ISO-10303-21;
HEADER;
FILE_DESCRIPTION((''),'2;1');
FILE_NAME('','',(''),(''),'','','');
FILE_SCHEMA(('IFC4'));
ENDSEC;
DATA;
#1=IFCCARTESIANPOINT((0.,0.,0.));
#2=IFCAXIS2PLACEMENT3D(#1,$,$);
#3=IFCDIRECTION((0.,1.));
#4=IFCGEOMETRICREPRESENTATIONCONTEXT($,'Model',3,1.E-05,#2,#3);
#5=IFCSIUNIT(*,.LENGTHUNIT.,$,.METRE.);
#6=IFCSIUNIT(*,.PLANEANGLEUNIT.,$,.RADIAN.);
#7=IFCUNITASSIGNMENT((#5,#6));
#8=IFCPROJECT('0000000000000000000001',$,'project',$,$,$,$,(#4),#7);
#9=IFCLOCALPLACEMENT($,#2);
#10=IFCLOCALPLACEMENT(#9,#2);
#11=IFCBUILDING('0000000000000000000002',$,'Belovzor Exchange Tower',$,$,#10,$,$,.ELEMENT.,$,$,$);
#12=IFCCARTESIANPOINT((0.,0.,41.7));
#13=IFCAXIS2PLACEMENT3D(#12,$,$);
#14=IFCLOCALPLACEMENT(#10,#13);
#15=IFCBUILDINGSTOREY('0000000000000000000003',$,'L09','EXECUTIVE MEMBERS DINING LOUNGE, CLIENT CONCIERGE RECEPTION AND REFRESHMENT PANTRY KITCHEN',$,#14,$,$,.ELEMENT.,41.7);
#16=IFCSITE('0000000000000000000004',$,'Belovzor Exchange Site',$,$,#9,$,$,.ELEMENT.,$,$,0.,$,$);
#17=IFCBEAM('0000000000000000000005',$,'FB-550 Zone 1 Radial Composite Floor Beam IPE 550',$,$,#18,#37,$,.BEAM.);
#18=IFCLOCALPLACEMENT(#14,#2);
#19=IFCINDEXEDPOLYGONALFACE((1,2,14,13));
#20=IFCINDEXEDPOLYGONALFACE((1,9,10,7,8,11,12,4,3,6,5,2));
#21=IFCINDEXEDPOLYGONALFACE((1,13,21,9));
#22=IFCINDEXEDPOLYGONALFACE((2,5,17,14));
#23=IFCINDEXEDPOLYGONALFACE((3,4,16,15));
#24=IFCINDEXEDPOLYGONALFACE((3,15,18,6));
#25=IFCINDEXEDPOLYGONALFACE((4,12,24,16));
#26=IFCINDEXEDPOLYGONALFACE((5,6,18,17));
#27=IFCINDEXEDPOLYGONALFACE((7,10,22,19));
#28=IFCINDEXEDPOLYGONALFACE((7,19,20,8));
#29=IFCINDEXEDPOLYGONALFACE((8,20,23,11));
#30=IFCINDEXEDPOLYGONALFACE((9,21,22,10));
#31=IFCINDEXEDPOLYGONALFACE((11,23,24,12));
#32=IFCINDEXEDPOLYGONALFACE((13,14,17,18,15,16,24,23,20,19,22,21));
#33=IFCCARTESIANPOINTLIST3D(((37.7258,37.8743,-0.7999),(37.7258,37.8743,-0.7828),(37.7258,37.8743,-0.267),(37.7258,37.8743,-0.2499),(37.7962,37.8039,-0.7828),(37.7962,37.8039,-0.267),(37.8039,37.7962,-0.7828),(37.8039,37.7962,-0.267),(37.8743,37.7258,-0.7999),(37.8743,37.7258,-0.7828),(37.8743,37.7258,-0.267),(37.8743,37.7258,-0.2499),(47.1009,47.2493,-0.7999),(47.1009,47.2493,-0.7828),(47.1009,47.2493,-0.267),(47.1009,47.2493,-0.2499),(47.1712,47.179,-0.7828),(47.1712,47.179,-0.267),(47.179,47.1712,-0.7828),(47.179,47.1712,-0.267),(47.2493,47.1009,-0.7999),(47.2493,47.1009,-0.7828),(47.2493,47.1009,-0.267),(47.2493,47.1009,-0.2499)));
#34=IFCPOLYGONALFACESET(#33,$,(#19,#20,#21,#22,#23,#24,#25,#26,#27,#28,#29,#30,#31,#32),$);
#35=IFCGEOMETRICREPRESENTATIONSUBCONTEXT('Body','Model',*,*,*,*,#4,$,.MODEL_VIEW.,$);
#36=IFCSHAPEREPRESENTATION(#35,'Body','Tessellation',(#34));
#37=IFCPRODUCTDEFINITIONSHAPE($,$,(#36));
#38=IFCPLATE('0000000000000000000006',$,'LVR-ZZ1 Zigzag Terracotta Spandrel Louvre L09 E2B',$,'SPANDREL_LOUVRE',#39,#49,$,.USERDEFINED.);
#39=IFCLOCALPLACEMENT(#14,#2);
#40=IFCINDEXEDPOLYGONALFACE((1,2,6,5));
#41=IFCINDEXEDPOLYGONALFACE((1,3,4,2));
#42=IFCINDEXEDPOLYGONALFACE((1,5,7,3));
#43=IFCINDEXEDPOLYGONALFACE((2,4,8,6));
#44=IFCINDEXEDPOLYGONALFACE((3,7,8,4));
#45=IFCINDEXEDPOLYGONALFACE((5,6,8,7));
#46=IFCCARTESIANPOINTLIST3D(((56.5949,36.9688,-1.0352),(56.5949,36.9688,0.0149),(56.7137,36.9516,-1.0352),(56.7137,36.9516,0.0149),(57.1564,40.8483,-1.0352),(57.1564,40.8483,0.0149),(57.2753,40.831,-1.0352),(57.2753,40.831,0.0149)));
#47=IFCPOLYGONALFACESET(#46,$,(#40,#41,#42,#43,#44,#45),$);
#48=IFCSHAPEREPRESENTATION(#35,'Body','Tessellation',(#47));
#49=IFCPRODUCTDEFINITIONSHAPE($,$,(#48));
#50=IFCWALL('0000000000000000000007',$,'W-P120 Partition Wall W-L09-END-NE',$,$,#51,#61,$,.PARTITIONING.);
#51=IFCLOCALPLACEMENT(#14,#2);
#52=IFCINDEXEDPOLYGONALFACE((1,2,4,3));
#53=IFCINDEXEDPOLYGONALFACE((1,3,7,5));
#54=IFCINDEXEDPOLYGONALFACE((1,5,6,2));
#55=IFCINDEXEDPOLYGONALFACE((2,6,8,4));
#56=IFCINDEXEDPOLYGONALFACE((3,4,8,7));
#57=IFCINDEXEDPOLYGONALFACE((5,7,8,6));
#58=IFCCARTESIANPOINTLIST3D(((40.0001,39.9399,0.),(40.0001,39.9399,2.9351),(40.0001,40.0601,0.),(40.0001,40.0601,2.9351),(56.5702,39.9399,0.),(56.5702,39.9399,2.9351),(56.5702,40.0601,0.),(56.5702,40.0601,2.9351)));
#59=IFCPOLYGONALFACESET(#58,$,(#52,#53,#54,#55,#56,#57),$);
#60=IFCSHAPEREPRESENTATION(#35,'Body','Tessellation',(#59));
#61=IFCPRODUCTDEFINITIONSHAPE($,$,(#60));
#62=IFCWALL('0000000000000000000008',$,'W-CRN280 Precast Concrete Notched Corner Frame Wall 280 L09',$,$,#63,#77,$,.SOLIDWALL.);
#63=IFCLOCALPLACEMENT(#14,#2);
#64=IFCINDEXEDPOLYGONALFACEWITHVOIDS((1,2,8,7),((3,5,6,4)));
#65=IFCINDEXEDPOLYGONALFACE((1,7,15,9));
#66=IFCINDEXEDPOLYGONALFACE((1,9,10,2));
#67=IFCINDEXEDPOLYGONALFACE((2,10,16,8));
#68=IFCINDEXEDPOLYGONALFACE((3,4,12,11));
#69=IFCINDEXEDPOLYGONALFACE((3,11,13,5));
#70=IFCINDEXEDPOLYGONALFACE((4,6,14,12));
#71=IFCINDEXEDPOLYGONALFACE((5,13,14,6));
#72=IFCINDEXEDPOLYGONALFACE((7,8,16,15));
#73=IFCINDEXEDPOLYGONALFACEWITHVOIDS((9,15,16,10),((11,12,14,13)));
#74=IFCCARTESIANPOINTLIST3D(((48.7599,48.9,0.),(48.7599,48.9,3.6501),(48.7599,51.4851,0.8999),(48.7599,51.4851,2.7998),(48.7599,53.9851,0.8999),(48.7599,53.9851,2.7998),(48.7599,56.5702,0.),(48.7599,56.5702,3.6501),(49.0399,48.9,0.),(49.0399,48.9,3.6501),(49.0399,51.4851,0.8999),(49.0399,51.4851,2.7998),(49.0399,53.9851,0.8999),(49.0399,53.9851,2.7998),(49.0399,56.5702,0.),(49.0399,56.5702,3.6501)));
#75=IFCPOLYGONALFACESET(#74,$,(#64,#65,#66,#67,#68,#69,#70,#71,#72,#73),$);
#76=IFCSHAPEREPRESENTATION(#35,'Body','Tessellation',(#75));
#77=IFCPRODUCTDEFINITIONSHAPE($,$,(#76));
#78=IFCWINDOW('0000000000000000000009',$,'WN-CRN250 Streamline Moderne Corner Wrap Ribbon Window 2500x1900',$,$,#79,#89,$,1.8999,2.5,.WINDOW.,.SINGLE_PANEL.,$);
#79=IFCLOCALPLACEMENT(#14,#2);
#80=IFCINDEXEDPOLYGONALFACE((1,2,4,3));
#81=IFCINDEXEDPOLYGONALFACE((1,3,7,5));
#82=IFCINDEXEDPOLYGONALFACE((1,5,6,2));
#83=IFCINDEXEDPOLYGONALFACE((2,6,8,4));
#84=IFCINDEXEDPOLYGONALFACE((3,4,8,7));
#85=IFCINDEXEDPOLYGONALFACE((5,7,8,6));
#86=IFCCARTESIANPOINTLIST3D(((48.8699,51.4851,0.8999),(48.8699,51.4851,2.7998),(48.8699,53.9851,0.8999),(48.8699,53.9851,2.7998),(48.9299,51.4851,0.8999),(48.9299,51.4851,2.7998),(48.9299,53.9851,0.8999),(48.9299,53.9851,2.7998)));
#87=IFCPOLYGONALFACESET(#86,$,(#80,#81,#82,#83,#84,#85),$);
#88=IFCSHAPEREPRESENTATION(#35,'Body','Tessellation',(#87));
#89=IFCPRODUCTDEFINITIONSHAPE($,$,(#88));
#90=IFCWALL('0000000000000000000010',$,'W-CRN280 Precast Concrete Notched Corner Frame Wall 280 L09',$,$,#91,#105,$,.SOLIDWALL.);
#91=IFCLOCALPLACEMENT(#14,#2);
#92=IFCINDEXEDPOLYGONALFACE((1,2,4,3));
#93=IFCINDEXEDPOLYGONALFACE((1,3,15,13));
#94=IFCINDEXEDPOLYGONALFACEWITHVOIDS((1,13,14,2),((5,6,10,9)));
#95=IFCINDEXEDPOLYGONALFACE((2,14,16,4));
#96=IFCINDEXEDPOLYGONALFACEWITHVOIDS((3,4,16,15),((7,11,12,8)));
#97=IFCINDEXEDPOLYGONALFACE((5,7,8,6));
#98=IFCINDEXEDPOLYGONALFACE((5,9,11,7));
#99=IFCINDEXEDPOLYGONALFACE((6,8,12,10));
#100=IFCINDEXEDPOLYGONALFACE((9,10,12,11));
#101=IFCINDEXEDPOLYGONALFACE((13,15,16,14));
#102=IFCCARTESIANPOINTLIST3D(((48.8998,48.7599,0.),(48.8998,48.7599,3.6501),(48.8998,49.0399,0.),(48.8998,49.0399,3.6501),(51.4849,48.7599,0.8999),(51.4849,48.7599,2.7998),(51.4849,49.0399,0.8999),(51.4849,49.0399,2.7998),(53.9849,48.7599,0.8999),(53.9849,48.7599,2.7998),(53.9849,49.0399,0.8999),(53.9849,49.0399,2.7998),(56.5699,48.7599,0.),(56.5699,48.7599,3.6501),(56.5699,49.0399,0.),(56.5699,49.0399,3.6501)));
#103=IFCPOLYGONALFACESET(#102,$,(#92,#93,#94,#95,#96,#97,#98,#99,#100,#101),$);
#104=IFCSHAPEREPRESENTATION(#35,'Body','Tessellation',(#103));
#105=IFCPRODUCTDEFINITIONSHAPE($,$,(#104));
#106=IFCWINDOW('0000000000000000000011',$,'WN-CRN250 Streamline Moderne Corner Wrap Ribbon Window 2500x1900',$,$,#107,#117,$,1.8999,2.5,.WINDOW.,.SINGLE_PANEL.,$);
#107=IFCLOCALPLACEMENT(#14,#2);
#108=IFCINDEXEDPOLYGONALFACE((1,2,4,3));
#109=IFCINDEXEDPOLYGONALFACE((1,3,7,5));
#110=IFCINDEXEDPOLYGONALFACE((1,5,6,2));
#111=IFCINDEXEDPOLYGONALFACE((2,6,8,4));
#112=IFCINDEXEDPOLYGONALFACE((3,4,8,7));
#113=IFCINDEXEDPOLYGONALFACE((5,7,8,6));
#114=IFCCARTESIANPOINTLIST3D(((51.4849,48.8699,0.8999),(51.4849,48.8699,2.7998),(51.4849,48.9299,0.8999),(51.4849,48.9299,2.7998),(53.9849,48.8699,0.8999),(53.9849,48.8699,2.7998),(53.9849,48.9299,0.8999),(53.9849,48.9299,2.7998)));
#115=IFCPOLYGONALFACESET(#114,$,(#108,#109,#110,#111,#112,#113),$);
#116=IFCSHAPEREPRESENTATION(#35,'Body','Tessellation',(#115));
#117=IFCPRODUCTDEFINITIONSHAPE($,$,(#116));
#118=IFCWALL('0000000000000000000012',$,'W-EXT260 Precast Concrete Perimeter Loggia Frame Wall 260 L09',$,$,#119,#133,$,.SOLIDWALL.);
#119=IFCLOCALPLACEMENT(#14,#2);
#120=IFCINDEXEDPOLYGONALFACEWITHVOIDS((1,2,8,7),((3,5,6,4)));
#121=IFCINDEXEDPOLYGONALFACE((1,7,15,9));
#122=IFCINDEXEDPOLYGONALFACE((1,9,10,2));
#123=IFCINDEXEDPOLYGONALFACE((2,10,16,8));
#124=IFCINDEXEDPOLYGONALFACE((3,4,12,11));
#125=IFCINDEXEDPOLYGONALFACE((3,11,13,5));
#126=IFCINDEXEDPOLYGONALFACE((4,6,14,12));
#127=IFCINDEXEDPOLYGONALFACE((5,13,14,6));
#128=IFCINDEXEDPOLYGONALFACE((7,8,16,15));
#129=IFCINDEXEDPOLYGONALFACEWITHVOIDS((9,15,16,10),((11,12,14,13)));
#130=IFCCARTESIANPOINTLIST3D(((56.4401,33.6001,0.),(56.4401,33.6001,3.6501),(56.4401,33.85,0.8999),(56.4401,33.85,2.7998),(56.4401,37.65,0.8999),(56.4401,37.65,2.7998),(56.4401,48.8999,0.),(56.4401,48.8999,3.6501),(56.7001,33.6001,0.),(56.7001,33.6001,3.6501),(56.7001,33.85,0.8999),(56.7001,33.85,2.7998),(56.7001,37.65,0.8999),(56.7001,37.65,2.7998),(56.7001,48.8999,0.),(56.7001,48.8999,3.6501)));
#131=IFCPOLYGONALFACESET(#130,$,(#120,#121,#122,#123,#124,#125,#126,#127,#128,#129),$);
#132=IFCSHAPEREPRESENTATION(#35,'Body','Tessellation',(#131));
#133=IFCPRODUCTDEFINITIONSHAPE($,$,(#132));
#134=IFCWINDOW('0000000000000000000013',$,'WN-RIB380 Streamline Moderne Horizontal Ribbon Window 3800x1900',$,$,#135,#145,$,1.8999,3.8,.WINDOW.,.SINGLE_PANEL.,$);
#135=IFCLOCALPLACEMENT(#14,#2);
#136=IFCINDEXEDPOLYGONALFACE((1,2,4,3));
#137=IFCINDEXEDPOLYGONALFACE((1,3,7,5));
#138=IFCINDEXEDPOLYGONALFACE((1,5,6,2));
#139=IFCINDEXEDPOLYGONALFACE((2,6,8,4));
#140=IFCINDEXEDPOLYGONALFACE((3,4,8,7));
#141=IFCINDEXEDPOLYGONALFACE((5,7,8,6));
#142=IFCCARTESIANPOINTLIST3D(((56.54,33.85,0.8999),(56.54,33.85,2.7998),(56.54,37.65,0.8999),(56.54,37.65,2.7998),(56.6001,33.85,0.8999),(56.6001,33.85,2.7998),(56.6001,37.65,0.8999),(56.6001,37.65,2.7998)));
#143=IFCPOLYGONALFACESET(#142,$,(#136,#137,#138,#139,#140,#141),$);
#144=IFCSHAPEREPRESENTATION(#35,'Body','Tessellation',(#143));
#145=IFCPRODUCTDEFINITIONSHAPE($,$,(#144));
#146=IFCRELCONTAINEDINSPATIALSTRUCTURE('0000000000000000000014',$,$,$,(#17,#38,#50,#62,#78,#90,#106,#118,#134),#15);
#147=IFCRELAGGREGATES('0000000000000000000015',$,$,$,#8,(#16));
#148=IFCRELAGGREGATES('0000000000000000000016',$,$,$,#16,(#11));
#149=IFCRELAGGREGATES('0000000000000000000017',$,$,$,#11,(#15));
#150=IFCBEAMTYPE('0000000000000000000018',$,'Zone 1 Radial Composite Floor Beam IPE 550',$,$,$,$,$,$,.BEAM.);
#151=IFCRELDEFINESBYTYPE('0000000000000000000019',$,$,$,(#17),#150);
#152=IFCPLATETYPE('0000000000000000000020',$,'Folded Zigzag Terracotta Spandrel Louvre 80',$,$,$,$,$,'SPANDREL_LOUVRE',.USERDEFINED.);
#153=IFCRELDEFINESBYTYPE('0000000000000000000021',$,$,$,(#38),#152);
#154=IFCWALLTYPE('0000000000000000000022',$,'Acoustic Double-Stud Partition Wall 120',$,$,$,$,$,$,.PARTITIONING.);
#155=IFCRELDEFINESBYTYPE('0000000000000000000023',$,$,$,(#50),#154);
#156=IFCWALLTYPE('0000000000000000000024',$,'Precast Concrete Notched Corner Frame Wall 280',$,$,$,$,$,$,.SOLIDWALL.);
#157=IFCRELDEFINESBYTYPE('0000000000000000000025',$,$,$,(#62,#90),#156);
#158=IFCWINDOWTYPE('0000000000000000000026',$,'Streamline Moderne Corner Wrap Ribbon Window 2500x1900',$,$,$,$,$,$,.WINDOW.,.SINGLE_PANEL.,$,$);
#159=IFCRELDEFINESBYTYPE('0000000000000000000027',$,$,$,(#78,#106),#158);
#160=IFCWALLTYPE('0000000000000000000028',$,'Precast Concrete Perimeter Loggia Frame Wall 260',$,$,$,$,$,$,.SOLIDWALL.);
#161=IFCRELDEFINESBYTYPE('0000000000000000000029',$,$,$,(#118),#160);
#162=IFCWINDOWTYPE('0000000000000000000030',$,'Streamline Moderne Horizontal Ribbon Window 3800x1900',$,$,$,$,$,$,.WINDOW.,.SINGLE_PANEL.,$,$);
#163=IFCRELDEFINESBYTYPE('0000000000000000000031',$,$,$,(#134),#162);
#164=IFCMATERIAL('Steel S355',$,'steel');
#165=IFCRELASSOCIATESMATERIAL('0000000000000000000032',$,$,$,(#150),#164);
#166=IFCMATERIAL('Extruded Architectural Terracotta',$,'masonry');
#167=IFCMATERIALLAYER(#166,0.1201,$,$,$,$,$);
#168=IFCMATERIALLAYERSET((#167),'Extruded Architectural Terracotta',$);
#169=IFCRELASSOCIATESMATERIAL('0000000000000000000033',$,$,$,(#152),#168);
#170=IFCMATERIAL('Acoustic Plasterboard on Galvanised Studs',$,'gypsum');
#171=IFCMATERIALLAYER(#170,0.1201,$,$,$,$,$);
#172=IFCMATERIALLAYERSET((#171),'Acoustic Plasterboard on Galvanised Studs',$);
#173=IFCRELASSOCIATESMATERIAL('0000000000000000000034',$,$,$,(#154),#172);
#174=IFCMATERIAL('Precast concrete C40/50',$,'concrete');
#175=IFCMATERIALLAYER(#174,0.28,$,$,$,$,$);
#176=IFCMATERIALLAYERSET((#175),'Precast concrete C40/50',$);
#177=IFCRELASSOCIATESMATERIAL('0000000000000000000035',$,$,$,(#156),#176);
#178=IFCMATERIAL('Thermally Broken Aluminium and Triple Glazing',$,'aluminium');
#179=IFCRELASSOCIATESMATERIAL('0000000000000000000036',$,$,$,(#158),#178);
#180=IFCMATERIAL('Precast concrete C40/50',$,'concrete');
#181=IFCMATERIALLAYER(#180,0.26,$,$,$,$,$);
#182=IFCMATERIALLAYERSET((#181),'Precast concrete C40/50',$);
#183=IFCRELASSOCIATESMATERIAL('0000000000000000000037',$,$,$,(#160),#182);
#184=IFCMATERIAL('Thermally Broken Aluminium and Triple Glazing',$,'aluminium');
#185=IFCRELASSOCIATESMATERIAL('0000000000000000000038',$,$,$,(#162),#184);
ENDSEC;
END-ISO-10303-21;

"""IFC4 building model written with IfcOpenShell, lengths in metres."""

from ifc_helpers import new_model, si_unit, direction, frame, frame_2d, origin, origin_2d, place, context, subcontext, project, spatial, rectangle, i_section, extrude, material, layer, layer_set, material_profile, profile_set, type_object, element, fill, save


model = new_model("IFC4")

# Units and contexts
model_context = context("Model", 3, precision=1e-05, world=origin(), true_north=direction((0.0, 1.0)))
body_context = subcontext(model_context, "Body", "Model", "MODEL_VIEW")
ifc_project = project(units=[si_unit("LENGTHUNIT", "METRE"), si_unit("PLANEANGLEUNIT", "RADIAN")], contexts=[model_context])

# Site, building, storey
site_placement = place(None, origin())
site = spatial("IfcSite", under=ifc_project, at=site_placement, Name="Belovzor Exchange Site", CompositionType="ELEMENT", RefElevation=0.0)
building_placement = place(site_placement, origin())
building = spatial("IfcBuilding", under=site, at=building_placement, Name="Belovzor Exchange Tower", CompositionType="ELEMENT")
storey_placement = place(building_placement, frame((0.0, 0.0, 41.7)))
storey = spatial("IfcBuildingStorey", under=building, at=storey_placement, Name="L09", Description="EXECUTIVE MEMBERS DINING LOUNGE, CLIENT CONCIERGE RECEPTION AND REFRESHMENT PANTRY KITCHEN", CompositionType="ELEMENT", Elevation=41.7)

# Beam
ifc_material_1 = material(Name="Steel S355", Category="steel")
ifc_material_profile_1 = material_profile(ifc_material_1, i_section(OverallWidth=0.21, OverallDepth=0.55, WebThickness=0.011, FlangeThickness=0.0171, at=origin_2d()))
ifc_profile_set_1 = profile_set([ifc_material_profile_1], Name="Steel S355")
beam_type_1 = type_object("IfcBeamType", Name="Zone 1 Radial Composite Floor Beam IPE 550", PredefinedType="BEAM", material=ifc_profile_set_1)
beam_1_placement = place(storey_placement, frame((37.8, 37.8, -0.5249), z_axis=(0.707107, 0.707107, 0.0), x_axis=(-0.707107, 0.707107, 0.0)))
element("IfcBeam", 1, at=beam_1_placement, inside=storey, type_object=beam_type_1, Name="FB-550 Zone 1 Radial Composite Floor Beam IPE 550", PredefinedType="BEAM", context=body_context, shape_type="SweptSolid", body=[
    extrude(i_section(OverallWidth=0.21, OverallDepth=0.55, WebThickness=0.011, FlangeThickness=0.0171, at=origin_2d()), origin(), (0.0, 0.0, 1.0), 13.2583),
])

# Plate
ifc_material_2 = material(Name="Extruded Architectural Terracotta", Category="masonry")
ifc_layer_1 = layer(ifc_material_2, 0.1201)
ifc_layer_set_1 = layer_set([ifc_layer_1], Name="Extruded Architectural Terracotta")
plate_type = type_object("IfcPlateType", Name="Folded Zigzag Terracotta Spandrel Louvre 80", ElementType="SPANDREL_LOUVRE", PredefinedType="USERDEFINED", material=ifc_layer_set_1)
plate_placement = place(storey_placement, frame((56.9351, 38.8999, -1.0352), z_axis=(0.0, 0.0, 1.0), x_axis=(0.143251, 0.989686, 0.0)))
element("IfcPlate", 2, at=plate_placement, inside=storey, type_object=plate_type, Name="LVR-ZZ1 Zigzag Terracotta Spandrel Louvre L09 E2B", ObjectType="SPANDREL_LOUVRE", PredefinedType="USERDEFINED", context=body_context, shape_type="SweptSolid", body=[
    extrude(rectangle(XDim=3.9199, YDim=0.1201, at=origin_2d()), origin(), (0.0, 0.0, 1.0), 1.05),
])

# Wall
ifc_material_3 = material(Name="Acoustic Plasterboard on Galvanised Studs", Category="gypsum")
ifc_layer_2 = layer(ifc_material_3, 0.1201)
ifc_layer_set_2 = layer_set([ifc_layer_2], Name="Acoustic Plasterboard on Galvanised Studs")
wall_type_1 = type_object("IfcWallType", Name="Acoustic Double-Stud Partition Wall 120", PredefinedType="PARTITIONING", material=ifc_layer_set_2)
wall_1_placement = place(storey_placement, frame((40.0, 40.0, 0.0), z_axis=(0.0, 0.0, 1.0), x_axis=(1.0, 0.0, 0.0)))
element("IfcWall", 3, at=wall_1_placement, inside=storey, type_object=wall_type_1, Name="W-P120 Partition Wall W-L09-END-NE", PredefinedType="PARTITIONING", context=body_context, shape_type="SweptSolid", body=[
    extrude(rectangle(XDim=16.5701, YDim=0.1201, at=frame_2d((8.2852, 0.0))), origin(), (0.0, 0.0, 1.0), 2.9351),
])

# Walls, openings, windows
ifc_material_4 = material(Name="Precast concrete C40/50", Category="concrete")
ifc_layer_3 = layer(ifc_material_4, 0.28)
ifc_layer_set_3 = layer_set([ifc_layer_3], Name="Precast concrete C40/50")
wall_type_2 = type_object("IfcWallType", Name="Precast Concrete Notched Corner Frame Wall 280", PredefinedType="SOLIDWALL", material=ifc_layer_set_3)
wall_2_placement = place(storey_placement, frame((48.8999, 56.5701, 0.0), z_axis=(0.0, 0.0, 1.0), x_axis=(0.0, -1.0, 0.0)))
wall_2 = element("IfcWall", 4, at=wall_2_placement, inside=storey, type_object=wall_type_2, Name="W-CRN280 Precast Concrete Notched Corner Frame Wall 280 L09", PredefinedType="SOLIDWALL", context=body_context, shape_type="SweptSolid", body=[
    extrude(rectangle(XDim=7.6702, YDim=0.28, at=frame_2d((3.835, 0.0))), origin(), (0.0, 0.0, 1.0), 3.6501),
])
opening_1_placement = place(wall_2_placement, frame((2.585, 0.0, 0.8999)))
opening_1 = element("IfcOpeningElement", 5, at=opening_1_placement, cuts=wall_2, PredefinedType="OPENING", context=body_context, shape_type="SweptSolid", body=[
    extrude(rectangle(XDim=2.5, YDim=1.8999, at=frame_2d((1.25, 0.95))), frame((0.0, 0.1499, 0.0), z_axis=(0.0, -1.0, 0.0), x_axis=(1.0, 0.0, 0.0)), (0.0, 0.0, 1.0), 0.3),
])
ifc_material_5 = material(Name="Thermally Broken Aluminium and Triple Glazing", Category="aluminium")
window_type_1 = type_object("IfcWindowType", Name="Streamline Moderne Corner Wrap Ribbon Window 2500x1900", PartitioningType="SINGLE_PANEL", PredefinedType="WINDOW", material=ifc_material_5)
window_1_placement = place(opening_1_placement, origin())
window_1 = element("IfcWindow", 6, at=window_1_placement, inside=storey, type_object=window_type_1, Name="WN-CRN250 Streamline Moderne Corner Wrap Ribbon Window 2500x1900", OverallHeight=1.8999, OverallWidth=2.5, PartitioningType="SINGLE_PANEL", PredefinedType="WINDOW", context=body_context, shape_type="SweptSolid", body=[
    extrude(rectangle(XDim=2.5, YDim=1.8999, at=frame_2d((1.25, 0.95))), frame((0.0, 0.03, 0.0), z_axis=(0.0, -1.0, 0.0), x_axis=(1.0, 0.0, 0.0)), (0.0, 0.0, 1.0), 0.0601),
])
fill(opening_1, window_1)
wall_3_placement = place(storey_placement, frame((48.8999, 48.8999, 0.0), z_axis=(0.0, 0.0, 1.0), x_axis=(1.0, 0.0, 0.0)))
wall_3 = element("IfcWall", 7, at=wall_3_placement, inside=storey, type_object=wall_type_2, Name="W-CRN280 Precast Concrete Notched Corner Frame Wall 280 L09", PredefinedType="SOLIDWALL", context=body_context, shape_type="SweptSolid", body=[
    extrude(rectangle(XDim=7.6702, YDim=0.28, at=frame_2d((3.835, 0.0))), origin(), (0.0, 0.0, 1.0), 3.6501),
])
opening_2_placement = place(wall_3_placement, frame((2.585, 0.0, 0.8999)))
opening_2 = element("IfcOpeningElement", 8, at=opening_2_placement, cuts=wall_3, PredefinedType="OPENING", context=body_context, shape_type="SweptSolid", body=[
    extrude(rectangle(XDim=2.5, YDim=1.8999, at=frame_2d((1.25, 0.95))), frame((0.0, 0.1499, 0.0), z_axis=(0.0, -1.0, 0.0), x_axis=(1.0, 0.0, 0.0)), (0.0, 0.0, 1.0), 0.3),
])
window_2_placement = place(opening_2_placement, origin())
window_2 = element("IfcWindow", 9, at=window_2_placement, inside=storey, type_object=window_type_1, Name="WN-CRN250 Streamline Moderne Corner Wrap Ribbon Window 2500x1900", OverallHeight=1.8999, OverallWidth=2.5, PartitioningType="SINGLE_PANEL", PredefinedType="WINDOW", context=body_context, shape_type="SweptSolid", body=[
    extrude(rectangle(XDim=2.5, YDim=1.8999, at=frame_2d((1.25, 0.95))), frame((0.0, 0.03, 0.0), z_axis=(0.0, -1.0, 0.0), x_axis=(1.0, 0.0, 0.0)), (0.0, 0.0, 1.0), 0.0601),
])
fill(opening_2, window_2)
ifc_material_6 = material(Name="Precast concrete C40/50", Category="concrete")
ifc_layer_4 = layer(ifc_material_6, 0.26)
ifc_layer_set_4 = layer_set([ifc_layer_4], Name="Precast concrete C40/50")
wall_type_3 = type_object("IfcWallType", Name="Precast Concrete Perimeter Loggia Frame Wall 260", PredefinedType="SOLIDWALL", material=ifc_layer_set_4)
wall_4_placement = place(storey_placement, frame((56.5701, 48.8999, 0.0), z_axis=(0.0, 0.0, 1.0), x_axis=(0.0, -1.0, 0.0)))
wall_4 = element("IfcWall", 10, at=wall_4_placement, inside=storey, type_object=wall_type_3, Name="W-EXT260 Precast Concrete Perimeter Loggia Frame Wall 260 L09", PredefinedType="SOLIDWALL", context=body_context, shape_type="SweptSolid", body=[
    extrude(rectangle(XDim=15.2998, YDim=0.26, at=frame_2d((7.6499, 0.0))), origin(), (0.0, 0.0, 1.0), 3.6501),
])
opening_3_placement = place(wall_4_placement, frame((11.25, 0.0, 0.8999)))
opening_3 = element("IfcOpeningElement", 11, at=opening_3_placement, cuts=wall_4, PredefinedType="OPENING", context=body_context, shape_type="SweptSolid", body=[
    extrude(rectangle(XDim=3.8, YDim=1.8999, at=frame_2d((1.8999, 0.95))), frame((0.0, 0.1399, 0.0), z_axis=(0.0, -1.0, 0.0), x_axis=(1.0, 0.0, 0.0)), (0.0, 0.0, 1.0), 0.28),
])
ifc_material_7 = material(Name="Thermally Broken Aluminium and Triple Glazing", Category="aluminium")
window_type_2 = type_object("IfcWindowType", Name="Streamline Moderne Horizontal Ribbon Window 3800x1900", PartitioningType="SINGLE_PANEL", PredefinedType="WINDOW", material=ifc_material_7)
window_3_placement = place(opening_3_placement, origin())
window_3 = element("IfcWindow", 12, at=window_3_placement, inside=storey, type_object=window_type_2, Name="WN-RIB380 Streamline Moderne Horizontal Ribbon Window 3800x1900", OverallHeight=1.8999, OverallWidth=3.8, PartitioningType="SINGLE_PANEL", PredefinedType="WINDOW", context=body_context, shape_type="SweptSolid", body=[
    extrude(rectangle(XDim=3.8, YDim=1.8999, at=frame_2d((1.8999, 0.95))), frame((0.0, 0.03, 0.0), z_axis=(0.0, -1.0, 0.0), x_axis=(1.0, 0.0, 0.0)), (0.0, 0.0, 1.0), 0.0601),
])
fill(opening_3, window_3)

save(model, "model.ifc")
